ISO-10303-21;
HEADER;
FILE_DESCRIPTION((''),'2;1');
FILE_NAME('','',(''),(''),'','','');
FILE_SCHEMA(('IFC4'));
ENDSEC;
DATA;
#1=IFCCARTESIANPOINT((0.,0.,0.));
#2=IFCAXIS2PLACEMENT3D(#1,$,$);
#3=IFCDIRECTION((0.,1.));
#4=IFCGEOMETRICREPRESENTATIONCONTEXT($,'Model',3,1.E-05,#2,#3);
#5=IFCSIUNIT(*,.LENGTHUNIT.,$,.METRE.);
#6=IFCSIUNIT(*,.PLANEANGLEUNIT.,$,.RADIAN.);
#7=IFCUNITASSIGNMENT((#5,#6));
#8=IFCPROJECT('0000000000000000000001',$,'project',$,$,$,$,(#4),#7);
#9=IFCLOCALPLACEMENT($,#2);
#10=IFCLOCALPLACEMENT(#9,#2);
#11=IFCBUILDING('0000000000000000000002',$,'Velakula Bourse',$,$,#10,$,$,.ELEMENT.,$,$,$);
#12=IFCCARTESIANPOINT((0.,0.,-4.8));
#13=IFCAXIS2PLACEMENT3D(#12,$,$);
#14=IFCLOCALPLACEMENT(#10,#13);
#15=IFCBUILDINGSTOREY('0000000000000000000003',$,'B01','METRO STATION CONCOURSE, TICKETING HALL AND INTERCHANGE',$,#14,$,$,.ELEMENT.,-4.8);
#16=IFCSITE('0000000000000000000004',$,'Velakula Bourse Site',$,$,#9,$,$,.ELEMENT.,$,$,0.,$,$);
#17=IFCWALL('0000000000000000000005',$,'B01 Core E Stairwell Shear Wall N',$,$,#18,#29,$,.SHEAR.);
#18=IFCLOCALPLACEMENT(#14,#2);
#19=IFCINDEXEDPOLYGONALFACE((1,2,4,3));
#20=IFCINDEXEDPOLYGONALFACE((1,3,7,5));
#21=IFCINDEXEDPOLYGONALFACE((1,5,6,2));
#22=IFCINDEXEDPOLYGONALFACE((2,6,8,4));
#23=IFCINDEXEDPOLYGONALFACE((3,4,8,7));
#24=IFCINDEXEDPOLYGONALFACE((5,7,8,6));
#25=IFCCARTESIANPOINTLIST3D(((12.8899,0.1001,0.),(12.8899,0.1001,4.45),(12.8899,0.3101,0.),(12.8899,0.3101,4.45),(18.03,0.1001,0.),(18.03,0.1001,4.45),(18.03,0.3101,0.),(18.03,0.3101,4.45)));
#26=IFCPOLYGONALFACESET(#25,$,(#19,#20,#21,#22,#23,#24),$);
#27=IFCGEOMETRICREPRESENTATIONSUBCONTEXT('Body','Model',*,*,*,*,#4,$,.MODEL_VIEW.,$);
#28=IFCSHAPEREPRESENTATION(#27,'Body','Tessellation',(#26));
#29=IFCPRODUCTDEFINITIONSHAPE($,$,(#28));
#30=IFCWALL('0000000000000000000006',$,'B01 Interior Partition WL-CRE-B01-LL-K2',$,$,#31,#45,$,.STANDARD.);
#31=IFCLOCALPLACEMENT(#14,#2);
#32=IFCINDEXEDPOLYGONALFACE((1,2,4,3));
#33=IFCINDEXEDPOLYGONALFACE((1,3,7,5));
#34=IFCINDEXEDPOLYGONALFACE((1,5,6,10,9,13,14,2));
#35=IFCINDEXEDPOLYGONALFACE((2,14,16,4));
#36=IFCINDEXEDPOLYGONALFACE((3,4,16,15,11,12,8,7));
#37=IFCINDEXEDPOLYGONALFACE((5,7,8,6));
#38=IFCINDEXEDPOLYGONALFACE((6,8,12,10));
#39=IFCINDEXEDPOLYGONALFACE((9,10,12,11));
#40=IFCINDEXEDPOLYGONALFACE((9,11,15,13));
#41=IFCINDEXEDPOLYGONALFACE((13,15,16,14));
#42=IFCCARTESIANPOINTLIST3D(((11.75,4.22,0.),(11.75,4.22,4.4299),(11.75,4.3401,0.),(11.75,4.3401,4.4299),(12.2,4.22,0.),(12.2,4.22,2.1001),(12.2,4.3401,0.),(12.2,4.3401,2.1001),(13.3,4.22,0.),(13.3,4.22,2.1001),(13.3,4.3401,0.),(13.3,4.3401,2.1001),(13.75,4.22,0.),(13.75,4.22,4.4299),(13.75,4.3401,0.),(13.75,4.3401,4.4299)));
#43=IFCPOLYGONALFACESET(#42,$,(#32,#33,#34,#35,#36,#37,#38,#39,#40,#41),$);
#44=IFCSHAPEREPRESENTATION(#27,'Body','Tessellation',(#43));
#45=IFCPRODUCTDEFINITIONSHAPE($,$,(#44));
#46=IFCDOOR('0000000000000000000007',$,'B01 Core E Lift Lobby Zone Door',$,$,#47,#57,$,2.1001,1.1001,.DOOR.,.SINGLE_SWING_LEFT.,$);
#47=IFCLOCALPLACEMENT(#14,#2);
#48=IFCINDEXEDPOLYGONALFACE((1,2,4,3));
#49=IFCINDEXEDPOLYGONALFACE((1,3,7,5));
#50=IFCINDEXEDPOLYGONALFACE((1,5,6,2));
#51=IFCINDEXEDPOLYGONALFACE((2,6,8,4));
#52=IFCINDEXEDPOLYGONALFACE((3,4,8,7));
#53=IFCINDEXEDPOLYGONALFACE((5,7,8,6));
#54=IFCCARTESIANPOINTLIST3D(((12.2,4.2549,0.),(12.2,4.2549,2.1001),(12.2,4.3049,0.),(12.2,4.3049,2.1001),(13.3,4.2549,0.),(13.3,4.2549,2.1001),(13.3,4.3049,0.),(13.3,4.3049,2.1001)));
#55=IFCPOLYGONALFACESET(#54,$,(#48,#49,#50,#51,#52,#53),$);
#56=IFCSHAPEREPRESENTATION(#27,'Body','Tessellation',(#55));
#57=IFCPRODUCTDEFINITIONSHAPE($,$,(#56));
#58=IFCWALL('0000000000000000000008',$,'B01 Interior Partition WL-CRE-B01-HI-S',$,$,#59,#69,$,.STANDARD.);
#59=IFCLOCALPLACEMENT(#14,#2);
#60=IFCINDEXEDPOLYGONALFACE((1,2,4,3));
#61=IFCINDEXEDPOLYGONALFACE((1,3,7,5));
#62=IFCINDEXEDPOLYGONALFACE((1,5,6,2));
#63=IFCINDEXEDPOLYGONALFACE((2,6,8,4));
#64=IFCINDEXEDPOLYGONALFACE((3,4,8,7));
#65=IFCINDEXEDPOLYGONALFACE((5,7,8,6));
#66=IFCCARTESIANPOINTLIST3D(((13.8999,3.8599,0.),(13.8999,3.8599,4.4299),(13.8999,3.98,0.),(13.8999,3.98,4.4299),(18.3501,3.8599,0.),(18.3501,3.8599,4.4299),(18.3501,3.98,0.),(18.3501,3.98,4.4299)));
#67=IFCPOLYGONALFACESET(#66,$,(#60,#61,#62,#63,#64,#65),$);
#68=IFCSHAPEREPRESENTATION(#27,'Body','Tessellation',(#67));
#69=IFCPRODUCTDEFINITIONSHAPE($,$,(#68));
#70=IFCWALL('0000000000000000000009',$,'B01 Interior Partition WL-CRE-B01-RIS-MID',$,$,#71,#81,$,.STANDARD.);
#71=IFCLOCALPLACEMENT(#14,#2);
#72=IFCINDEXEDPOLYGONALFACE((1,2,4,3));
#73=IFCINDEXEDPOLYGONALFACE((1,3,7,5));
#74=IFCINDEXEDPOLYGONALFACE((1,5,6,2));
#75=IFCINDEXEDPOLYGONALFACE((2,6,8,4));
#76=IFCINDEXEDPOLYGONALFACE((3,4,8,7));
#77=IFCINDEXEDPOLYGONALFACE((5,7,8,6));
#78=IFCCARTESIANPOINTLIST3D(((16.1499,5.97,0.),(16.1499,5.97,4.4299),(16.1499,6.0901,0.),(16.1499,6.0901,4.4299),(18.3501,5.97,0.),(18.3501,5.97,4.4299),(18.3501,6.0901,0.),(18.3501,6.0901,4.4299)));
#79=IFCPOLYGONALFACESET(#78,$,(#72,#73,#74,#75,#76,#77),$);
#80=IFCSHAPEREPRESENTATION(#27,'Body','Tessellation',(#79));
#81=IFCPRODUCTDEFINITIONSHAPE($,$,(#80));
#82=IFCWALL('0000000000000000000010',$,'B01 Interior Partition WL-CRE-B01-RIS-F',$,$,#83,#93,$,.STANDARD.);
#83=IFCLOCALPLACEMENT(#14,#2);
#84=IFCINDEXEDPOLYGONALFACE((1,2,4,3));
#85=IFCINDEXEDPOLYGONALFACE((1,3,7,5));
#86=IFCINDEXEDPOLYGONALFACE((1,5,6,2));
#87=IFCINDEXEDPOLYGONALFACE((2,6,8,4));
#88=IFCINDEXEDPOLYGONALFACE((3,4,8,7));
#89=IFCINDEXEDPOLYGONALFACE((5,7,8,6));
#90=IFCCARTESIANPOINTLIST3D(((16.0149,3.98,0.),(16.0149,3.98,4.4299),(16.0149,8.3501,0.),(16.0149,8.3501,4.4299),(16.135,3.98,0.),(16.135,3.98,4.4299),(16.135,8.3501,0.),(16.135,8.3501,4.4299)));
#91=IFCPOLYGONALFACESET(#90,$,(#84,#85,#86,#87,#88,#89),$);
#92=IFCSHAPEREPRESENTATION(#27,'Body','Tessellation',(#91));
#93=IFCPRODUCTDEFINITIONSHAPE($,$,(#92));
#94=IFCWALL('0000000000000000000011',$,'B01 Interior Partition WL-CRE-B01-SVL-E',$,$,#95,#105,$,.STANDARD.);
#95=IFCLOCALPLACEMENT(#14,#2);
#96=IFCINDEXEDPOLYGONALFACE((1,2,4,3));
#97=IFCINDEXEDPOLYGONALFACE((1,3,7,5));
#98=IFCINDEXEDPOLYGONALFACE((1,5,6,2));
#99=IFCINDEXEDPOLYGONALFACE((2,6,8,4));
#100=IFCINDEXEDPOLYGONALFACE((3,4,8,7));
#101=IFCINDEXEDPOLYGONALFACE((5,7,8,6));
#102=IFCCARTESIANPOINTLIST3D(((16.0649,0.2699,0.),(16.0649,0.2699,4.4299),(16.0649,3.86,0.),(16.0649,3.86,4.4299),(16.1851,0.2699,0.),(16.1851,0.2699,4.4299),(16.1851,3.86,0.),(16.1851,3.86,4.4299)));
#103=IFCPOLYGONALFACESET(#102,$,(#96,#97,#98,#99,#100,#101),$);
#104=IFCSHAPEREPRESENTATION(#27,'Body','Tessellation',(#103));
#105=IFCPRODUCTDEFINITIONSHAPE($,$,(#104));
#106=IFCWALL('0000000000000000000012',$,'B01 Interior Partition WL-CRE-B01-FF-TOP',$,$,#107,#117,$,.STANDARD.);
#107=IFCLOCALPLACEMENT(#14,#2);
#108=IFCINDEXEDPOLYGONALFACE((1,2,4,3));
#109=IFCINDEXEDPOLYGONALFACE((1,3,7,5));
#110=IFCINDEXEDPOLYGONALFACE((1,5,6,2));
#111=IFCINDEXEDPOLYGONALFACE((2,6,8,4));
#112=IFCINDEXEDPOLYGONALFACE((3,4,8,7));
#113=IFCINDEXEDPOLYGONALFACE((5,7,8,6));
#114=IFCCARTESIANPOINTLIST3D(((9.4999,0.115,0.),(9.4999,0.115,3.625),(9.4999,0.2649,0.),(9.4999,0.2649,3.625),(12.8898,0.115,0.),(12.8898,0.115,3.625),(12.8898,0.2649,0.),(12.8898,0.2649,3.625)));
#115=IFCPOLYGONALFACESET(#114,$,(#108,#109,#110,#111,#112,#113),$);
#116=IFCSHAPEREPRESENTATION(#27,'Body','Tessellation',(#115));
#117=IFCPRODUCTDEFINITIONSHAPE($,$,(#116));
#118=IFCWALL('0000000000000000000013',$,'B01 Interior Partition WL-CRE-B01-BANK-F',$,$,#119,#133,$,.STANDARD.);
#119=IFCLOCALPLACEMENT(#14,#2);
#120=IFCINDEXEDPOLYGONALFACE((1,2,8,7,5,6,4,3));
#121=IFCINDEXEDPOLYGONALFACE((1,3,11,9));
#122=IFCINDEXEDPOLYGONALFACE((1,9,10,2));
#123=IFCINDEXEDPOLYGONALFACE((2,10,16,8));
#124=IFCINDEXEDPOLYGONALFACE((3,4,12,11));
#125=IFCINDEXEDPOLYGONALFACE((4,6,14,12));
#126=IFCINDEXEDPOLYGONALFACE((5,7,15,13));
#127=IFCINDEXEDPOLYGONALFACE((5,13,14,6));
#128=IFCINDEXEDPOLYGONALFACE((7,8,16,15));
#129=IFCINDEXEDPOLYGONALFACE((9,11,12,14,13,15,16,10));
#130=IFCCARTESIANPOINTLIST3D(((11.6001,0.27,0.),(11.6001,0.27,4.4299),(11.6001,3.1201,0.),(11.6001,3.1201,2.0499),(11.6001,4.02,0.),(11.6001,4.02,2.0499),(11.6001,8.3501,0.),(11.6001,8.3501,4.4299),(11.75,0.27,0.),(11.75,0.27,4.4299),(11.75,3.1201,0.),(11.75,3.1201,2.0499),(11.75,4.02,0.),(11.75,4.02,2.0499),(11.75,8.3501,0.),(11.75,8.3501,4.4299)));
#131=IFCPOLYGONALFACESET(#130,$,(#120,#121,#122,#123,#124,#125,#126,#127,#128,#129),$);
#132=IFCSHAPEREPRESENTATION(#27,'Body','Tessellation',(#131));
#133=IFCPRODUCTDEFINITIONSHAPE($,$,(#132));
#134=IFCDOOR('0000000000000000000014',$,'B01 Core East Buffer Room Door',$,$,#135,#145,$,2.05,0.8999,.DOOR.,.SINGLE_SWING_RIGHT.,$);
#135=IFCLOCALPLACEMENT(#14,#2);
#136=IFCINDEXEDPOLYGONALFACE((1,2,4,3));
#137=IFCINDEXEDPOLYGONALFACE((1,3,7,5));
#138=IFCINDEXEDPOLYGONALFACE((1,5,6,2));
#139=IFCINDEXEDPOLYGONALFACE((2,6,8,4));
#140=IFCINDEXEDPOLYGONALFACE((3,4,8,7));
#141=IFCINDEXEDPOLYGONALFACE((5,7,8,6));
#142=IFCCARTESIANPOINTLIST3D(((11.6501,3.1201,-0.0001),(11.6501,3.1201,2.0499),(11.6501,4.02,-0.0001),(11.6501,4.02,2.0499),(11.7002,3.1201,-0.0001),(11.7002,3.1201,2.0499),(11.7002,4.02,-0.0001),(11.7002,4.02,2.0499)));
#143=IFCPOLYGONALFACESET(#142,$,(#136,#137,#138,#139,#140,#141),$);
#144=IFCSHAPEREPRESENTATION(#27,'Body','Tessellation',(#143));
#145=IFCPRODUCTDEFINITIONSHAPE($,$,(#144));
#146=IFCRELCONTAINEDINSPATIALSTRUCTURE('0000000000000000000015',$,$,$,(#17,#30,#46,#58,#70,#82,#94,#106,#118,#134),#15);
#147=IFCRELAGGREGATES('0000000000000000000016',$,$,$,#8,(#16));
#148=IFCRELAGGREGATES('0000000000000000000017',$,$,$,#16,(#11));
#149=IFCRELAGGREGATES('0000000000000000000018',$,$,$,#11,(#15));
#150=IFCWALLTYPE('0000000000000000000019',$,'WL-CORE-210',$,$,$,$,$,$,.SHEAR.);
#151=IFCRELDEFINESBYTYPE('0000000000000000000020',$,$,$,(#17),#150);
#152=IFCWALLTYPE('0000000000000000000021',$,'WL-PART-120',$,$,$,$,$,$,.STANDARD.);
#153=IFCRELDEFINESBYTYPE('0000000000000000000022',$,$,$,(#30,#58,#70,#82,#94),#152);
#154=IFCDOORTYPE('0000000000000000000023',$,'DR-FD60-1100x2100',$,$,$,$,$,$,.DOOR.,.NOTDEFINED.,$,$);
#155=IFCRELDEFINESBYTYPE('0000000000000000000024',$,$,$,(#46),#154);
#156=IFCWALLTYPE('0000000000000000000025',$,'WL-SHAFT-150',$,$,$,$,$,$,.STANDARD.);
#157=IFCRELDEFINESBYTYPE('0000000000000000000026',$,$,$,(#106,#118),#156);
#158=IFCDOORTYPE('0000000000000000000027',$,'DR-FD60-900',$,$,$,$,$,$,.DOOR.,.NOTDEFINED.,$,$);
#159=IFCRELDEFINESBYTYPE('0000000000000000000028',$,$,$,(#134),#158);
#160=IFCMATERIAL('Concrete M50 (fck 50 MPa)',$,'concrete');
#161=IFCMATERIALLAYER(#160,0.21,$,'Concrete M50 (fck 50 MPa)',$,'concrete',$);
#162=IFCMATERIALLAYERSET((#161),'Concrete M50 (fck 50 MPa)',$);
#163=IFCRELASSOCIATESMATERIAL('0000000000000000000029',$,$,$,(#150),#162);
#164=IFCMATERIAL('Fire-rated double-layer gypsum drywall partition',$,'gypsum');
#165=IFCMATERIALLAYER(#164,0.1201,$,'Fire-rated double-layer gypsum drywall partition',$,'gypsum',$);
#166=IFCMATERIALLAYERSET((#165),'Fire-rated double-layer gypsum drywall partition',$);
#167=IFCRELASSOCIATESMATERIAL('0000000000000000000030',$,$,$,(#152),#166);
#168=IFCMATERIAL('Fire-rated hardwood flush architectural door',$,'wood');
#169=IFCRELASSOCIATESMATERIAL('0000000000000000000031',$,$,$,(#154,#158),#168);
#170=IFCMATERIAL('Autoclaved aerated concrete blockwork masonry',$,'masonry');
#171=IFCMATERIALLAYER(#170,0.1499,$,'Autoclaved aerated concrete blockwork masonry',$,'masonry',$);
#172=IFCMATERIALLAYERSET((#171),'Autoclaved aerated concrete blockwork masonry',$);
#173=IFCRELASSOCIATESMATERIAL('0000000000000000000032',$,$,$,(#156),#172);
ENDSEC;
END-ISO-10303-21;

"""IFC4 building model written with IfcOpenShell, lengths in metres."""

from ifc_helpers import new_model, si_unit, direction, frame, frame_2d, origin, place, context, subcontext, project, spatial, rectangle, extrude, material, layer, layer_set, type_object, element, fill, save


model = new_model("IFC4")

# Units and contexts
model_context = context("Model", 3, precision=1e-05, world=origin(), true_north=direction((0.0, 1.0)))
body_context = subcontext(model_context, "Body", "Model", "MODEL_VIEW")
ifc_project = project(units=[si_unit("LENGTHUNIT", "METRE"), si_unit("PLANEANGLEUNIT", "RADIAN")], contexts=[model_context])

# Site, building, storey
site_placement = place(None, origin())
site = spatial("IfcSite", under=ifc_project, at=site_placement, Name="Velakula Bourse Site", CompositionType="ELEMENT", RefElevation=0.0)
building_placement = place(site_placement, origin())
building = spatial("IfcBuilding", under=site, at=building_placement, Name="Velakula Bourse", CompositionType="ELEMENT")
storey_placement = place(building_placement, frame((0.0, 0.0, -4.8)))
storey = spatial("IfcBuildingStorey", under=building, at=storey_placement, Name="B01", Description="METRO STATION CONCOURSE, TICKETING HALL AND INTERCHANGE", CompositionType="ELEMENT", Elevation=-4.8)

# Shared definitions
ifc_material_1 = material(Name="Concrete M50 (fck 50 MPa)", Category="concrete")

# Wall
ifc_layer_1 = layer(ifc_material_1, 0.21, Name="Concrete M50 (fck 50 MPa)", Category="concrete")
ifc_layer_set_1 = layer_set([ifc_layer_1], Name="Concrete M50 (fck 50 MPa)")
wall_type_1 = type_object("IfcWallType", Name="WL-CORE-210", PredefinedType="SHEAR", material=ifc_layer_set_1)
wall_1_placement = place(storey_placement, frame((18.03, 0.2051, 0.0), z_axis=(0.0, 0.0, 1.0), x_axis=(-1.0, 0.0, 0.0)))
element("IfcWall", 1, at=wall_1_placement, inside=storey, type_object=wall_type_1, Name="B01 Core E Stairwell Shear Wall N", PredefinedType="SHEAR", context=body_context, shape_type="SweptSolid", body=[
    extrude(rectangle(XDim=5.1401, YDim=0.21, at=frame_2d((2.5701, 0.0))), origin(), (0.0, 0.0, 1.0), 4.45),
])

# Wall, opening, door
ifc_material_2 = material(Name="Fire-rated double-layer gypsum drywall partition", Category="gypsum")
ifc_layer_2 = layer(ifc_material_2, 0.1201, Name="Fire-rated double-layer gypsum drywall partition", Category="gypsum")
ifc_layer_set_2 = layer_set([ifc_layer_2], Name="Fire-rated double-layer gypsum drywall partition")
wall_type_2 = type_object("IfcWallType", Name="WL-PART-120", PredefinedType="STANDARD", material=ifc_layer_set_2)
wall_2_placement = place(storey_placement, frame((11.75, 4.28, 0.0), z_axis=(0.0, 0.0, 1.0), x_axis=(1.0, 0.0, 0.0)))
wall_2 = element("IfcWall", 2, at=wall_2_placement, inside=storey, type_object=wall_type_2, Name="B01 Interior Partition WL-CRE-B01-LL-K2", PredefinedType="STANDARD", context=body_context, shape_type="SweptSolid", body=[
    extrude(rectangle(XDim=2.0, YDim=0.1201, at=frame_2d((1.0, 0.0))), origin(), (0.0, 0.0, 1.0), 4.4299),
])
opening_1_placement = place(wall_2_placement, frame((0.45, 0.0, 0.0)))
opening_1 = element("IfcOpeningElement", 3, at=opening_1_placement, cuts=wall_2, PredefinedType="OPENING", context=body_context, shape_type="SweptSolid", body=[
    extrude(rectangle(XDim=1.1001, YDim=2.1001, at=frame_2d((0.55, 1.05))), frame((0.0, 0.0701, 0.0), z_axis=(0.0, -1.0, 0.0), x_axis=(1.0, 0.0, 0.0)), (0.0, 0.0, 1.0), 0.1401),
])
ifc_material_3 = material(Name="Fire-rated hardwood flush architectural door", Category="wood")
door_type_1 = type_object("IfcDoorType", Name="DR-FD60-1100x2100", OperationType="NOTDEFINED", PredefinedType="DOOR", material=ifc_material_3)
door_1_placement = place(opening_1_placement, origin())
door_1 = element("IfcDoor", 4, at=door_1_placement, inside=storey, type_object=door_type_1, Name="B01 Core E Lift Lobby Zone Door", OperationType="SINGLE_SWING_LEFT", OverallHeight=2.1001, OverallWidth=1.1001, PredefinedType="DOOR", context=body_context, shape_type="SweptSolid", body=[
    extrude(rectangle(XDim=1.1001, YDim=2.1001, at=frame_2d((0.55, 1.05))), frame((0.0, 0.0249, 0.0), z_axis=(0.0, -1.0, 0.0), x_axis=(1.0, 0.0, 0.0)), (0.0, 0.0, 1.0), 0.05),
])
fill(opening_1, door_1)

# Walls
wall_3_placement = place(storey_placement, frame((13.8999, 3.9199, 0.0), z_axis=(0.0, 0.0, 1.0), x_axis=(1.0, 0.0, 0.0)))
element("IfcWall", 5, at=wall_3_placement, inside=storey, type_object=wall_type_2, Name="B01 Interior Partition WL-CRE-B01-HI-S", PredefinedType="STANDARD", context=body_context, shape_type="SweptSolid", body=[
    extrude(rectangle(XDim=4.4502, YDim=0.1201, at=frame_2d((2.2251, 0.0))), origin(), (0.0, 0.0, 1.0), 4.4299),
])
wall_4_placement = place(storey_placement, frame((16.1499, 6.03, 0.0), z_axis=(0.0, 0.0, 1.0), x_axis=(1.0, 0.0, 0.0)))
element("IfcWall", 6, at=wall_4_placement, inside=storey, type_object=wall_type_2, Name="B01 Interior Partition WL-CRE-B01-RIS-MID", PredefinedType="STANDARD", context=body_context, shape_type="SweptSolid", body=[
    extrude(rectangle(XDim=2.2002, YDim=0.1201, at=frame_2d((1.1001, 0.0))), origin(), (0.0, 0.0, 1.0), 4.4299),
])
wall_5_placement = place(storey_placement, frame((16.075, 3.98, 0.0), z_axis=(0.0, 0.0, 1.0), x_axis=(0.0, 1.0, 0.0)))
element("IfcWall", 7, at=wall_5_placement, inside=storey, type_object=wall_type_2, Name="B01 Interior Partition WL-CRE-B01-RIS-F", PredefinedType="STANDARD", context=body_context, shape_type="SweptSolid", body=[
    extrude(rectangle(XDim=4.3701, YDim=0.1201, at=frame_2d((2.1851, 0.0))), origin(), (0.0, 0.0, 1.0), 4.4299),
])
wall_6_placement = place(storey_placement, frame((16.125, 0.27, 0.0), z_axis=(0.0, 0.0, 1.0), x_axis=(0.0, 1.0, 0.0)))
element("IfcWall", 8, at=wall_6_placement, inside=storey, type_object=wall_type_2, Name="B01 Interior Partition WL-CRE-B01-SVL-E", PredefinedType="STANDARD", context=body_context, shape_type="SweptSolid", body=[
    extrude(rectangle(XDim=3.5901, YDim=0.1201, at=frame_2d((1.7949, 0.0))), origin(), (0.0, 0.0, 1.0), 4.4299),
])
ifc_material_4 = material(Name="Autoclaved aerated concrete blockwork masonry", Category="masonry")
ifc_layer_3 = layer(ifc_material_4, 0.1499, Name="Autoclaved aerated concrete blockwork masonry", Category="masonry")
ifc_layer_set_3 = layer_set([ifc_layer_3], Name="Autoclaved aerated concrete blockwork masonry")
wall_type_3 = type_object("IfcWallType", Name="WL-SHAFT-150", PredefinedType="STANDARD", material=ifc_layer_set_3)
wall_7_placement = place(storey_placement, frame((9.5, 0.1899, 0.0), z_axis=(0.0, 0.0, 1.0), x_axis=(1.0, 0.0, 0.0)))
element("IfcWall", 9, at=wall_7_placement, inside=storey, type_object=wall_type_3, Name="B01 Interior Partition WL-CRE-B01-FF-TOP", PredefinedType="STANDARD", context=body_context, shape_type="SweptSolid", body=[
    extrude(rectangle(XDim=3.3899, YDim=0.1499, at=frame_2d((1.6948, 0.0))), origin(), (0.0, 0.0, 1.0), 3.625),
])

# Wall, opening, door
wall_8_placement = place(storey_placement, frame((11.675, 0.27, 0.0), z_axis=(0.0, 0.0, 1.0), x_axis=(0.0, 1.0, 0.0)))
wall_8 = element("IfcWall", 10, at=wall_8_placement, inside=storey, type_object=wall_type_3, Name="B01 Interior Partition WL-CRE-B01-BANK-F", PredefinedType="STANDARD", context=body_context, shape_type="SweptSolid", body=[
    extrude(rectangle(XDim=8.0801, YDim=0.1499, at=frame_2d((4.04, 0.0))), origin(), (0.0, 0.0, 1.0), 4.4299),
])
opening_2_placement = place(wall_8_placement, frame((2.8501, 0.0, 0.0)))
opening_2 = element("IfcOpeningElement", 11, at=opening_2_placement, cuts=wall_8, PredefinedType="OPENING", context=body_context, shape_type="SweptSolid", body=[
    extrude(rectangle(XDim=0.8999, YDim=2.05, at=frame_2d((0.45, 1.0249))), frame((0.0, 0.085, 0.0), z_axis=(0.0, -1.0, 0.0), x_axis=(1.0, 0.0, 0.0)), (0.0, 0.0, 1.0), 0.1699),
])
door_type_2 = type_object("IfcDoorType", Name="DR-FD60-900", OperationType="NOTDEFINED", PredefinedType="DOOR", material=ifc_material_3)
door_2_placement = place(opening_2_placement, origin())
door_2 = element("IfcDoor", 12, at=door_2_placement, inside=storey, type_object=door_type_2, Name="B01 Core East Buffer Room Door", OperationType="SINGLE_SWING_RIGHT", OverallHeight=2.05, OverallWidth=0.8999, PredefinedType="DOOR", context=body_context, shape_type="SweptSolid", body=[
    extrude(rectangle(XDim=0.8999, YDim=2.05, at=frame_2d((0.45, 1.0249))), frame((0.0, 0.0249, 0.0), z_axis=(0.0, -1.0, 0.0), x_axis=(1.0, 0.0, 0.0)), (0.0, 0.0, 1.0), 0.05),
])
fill(opening_2, door_2)

save(model, "model.ifc")
